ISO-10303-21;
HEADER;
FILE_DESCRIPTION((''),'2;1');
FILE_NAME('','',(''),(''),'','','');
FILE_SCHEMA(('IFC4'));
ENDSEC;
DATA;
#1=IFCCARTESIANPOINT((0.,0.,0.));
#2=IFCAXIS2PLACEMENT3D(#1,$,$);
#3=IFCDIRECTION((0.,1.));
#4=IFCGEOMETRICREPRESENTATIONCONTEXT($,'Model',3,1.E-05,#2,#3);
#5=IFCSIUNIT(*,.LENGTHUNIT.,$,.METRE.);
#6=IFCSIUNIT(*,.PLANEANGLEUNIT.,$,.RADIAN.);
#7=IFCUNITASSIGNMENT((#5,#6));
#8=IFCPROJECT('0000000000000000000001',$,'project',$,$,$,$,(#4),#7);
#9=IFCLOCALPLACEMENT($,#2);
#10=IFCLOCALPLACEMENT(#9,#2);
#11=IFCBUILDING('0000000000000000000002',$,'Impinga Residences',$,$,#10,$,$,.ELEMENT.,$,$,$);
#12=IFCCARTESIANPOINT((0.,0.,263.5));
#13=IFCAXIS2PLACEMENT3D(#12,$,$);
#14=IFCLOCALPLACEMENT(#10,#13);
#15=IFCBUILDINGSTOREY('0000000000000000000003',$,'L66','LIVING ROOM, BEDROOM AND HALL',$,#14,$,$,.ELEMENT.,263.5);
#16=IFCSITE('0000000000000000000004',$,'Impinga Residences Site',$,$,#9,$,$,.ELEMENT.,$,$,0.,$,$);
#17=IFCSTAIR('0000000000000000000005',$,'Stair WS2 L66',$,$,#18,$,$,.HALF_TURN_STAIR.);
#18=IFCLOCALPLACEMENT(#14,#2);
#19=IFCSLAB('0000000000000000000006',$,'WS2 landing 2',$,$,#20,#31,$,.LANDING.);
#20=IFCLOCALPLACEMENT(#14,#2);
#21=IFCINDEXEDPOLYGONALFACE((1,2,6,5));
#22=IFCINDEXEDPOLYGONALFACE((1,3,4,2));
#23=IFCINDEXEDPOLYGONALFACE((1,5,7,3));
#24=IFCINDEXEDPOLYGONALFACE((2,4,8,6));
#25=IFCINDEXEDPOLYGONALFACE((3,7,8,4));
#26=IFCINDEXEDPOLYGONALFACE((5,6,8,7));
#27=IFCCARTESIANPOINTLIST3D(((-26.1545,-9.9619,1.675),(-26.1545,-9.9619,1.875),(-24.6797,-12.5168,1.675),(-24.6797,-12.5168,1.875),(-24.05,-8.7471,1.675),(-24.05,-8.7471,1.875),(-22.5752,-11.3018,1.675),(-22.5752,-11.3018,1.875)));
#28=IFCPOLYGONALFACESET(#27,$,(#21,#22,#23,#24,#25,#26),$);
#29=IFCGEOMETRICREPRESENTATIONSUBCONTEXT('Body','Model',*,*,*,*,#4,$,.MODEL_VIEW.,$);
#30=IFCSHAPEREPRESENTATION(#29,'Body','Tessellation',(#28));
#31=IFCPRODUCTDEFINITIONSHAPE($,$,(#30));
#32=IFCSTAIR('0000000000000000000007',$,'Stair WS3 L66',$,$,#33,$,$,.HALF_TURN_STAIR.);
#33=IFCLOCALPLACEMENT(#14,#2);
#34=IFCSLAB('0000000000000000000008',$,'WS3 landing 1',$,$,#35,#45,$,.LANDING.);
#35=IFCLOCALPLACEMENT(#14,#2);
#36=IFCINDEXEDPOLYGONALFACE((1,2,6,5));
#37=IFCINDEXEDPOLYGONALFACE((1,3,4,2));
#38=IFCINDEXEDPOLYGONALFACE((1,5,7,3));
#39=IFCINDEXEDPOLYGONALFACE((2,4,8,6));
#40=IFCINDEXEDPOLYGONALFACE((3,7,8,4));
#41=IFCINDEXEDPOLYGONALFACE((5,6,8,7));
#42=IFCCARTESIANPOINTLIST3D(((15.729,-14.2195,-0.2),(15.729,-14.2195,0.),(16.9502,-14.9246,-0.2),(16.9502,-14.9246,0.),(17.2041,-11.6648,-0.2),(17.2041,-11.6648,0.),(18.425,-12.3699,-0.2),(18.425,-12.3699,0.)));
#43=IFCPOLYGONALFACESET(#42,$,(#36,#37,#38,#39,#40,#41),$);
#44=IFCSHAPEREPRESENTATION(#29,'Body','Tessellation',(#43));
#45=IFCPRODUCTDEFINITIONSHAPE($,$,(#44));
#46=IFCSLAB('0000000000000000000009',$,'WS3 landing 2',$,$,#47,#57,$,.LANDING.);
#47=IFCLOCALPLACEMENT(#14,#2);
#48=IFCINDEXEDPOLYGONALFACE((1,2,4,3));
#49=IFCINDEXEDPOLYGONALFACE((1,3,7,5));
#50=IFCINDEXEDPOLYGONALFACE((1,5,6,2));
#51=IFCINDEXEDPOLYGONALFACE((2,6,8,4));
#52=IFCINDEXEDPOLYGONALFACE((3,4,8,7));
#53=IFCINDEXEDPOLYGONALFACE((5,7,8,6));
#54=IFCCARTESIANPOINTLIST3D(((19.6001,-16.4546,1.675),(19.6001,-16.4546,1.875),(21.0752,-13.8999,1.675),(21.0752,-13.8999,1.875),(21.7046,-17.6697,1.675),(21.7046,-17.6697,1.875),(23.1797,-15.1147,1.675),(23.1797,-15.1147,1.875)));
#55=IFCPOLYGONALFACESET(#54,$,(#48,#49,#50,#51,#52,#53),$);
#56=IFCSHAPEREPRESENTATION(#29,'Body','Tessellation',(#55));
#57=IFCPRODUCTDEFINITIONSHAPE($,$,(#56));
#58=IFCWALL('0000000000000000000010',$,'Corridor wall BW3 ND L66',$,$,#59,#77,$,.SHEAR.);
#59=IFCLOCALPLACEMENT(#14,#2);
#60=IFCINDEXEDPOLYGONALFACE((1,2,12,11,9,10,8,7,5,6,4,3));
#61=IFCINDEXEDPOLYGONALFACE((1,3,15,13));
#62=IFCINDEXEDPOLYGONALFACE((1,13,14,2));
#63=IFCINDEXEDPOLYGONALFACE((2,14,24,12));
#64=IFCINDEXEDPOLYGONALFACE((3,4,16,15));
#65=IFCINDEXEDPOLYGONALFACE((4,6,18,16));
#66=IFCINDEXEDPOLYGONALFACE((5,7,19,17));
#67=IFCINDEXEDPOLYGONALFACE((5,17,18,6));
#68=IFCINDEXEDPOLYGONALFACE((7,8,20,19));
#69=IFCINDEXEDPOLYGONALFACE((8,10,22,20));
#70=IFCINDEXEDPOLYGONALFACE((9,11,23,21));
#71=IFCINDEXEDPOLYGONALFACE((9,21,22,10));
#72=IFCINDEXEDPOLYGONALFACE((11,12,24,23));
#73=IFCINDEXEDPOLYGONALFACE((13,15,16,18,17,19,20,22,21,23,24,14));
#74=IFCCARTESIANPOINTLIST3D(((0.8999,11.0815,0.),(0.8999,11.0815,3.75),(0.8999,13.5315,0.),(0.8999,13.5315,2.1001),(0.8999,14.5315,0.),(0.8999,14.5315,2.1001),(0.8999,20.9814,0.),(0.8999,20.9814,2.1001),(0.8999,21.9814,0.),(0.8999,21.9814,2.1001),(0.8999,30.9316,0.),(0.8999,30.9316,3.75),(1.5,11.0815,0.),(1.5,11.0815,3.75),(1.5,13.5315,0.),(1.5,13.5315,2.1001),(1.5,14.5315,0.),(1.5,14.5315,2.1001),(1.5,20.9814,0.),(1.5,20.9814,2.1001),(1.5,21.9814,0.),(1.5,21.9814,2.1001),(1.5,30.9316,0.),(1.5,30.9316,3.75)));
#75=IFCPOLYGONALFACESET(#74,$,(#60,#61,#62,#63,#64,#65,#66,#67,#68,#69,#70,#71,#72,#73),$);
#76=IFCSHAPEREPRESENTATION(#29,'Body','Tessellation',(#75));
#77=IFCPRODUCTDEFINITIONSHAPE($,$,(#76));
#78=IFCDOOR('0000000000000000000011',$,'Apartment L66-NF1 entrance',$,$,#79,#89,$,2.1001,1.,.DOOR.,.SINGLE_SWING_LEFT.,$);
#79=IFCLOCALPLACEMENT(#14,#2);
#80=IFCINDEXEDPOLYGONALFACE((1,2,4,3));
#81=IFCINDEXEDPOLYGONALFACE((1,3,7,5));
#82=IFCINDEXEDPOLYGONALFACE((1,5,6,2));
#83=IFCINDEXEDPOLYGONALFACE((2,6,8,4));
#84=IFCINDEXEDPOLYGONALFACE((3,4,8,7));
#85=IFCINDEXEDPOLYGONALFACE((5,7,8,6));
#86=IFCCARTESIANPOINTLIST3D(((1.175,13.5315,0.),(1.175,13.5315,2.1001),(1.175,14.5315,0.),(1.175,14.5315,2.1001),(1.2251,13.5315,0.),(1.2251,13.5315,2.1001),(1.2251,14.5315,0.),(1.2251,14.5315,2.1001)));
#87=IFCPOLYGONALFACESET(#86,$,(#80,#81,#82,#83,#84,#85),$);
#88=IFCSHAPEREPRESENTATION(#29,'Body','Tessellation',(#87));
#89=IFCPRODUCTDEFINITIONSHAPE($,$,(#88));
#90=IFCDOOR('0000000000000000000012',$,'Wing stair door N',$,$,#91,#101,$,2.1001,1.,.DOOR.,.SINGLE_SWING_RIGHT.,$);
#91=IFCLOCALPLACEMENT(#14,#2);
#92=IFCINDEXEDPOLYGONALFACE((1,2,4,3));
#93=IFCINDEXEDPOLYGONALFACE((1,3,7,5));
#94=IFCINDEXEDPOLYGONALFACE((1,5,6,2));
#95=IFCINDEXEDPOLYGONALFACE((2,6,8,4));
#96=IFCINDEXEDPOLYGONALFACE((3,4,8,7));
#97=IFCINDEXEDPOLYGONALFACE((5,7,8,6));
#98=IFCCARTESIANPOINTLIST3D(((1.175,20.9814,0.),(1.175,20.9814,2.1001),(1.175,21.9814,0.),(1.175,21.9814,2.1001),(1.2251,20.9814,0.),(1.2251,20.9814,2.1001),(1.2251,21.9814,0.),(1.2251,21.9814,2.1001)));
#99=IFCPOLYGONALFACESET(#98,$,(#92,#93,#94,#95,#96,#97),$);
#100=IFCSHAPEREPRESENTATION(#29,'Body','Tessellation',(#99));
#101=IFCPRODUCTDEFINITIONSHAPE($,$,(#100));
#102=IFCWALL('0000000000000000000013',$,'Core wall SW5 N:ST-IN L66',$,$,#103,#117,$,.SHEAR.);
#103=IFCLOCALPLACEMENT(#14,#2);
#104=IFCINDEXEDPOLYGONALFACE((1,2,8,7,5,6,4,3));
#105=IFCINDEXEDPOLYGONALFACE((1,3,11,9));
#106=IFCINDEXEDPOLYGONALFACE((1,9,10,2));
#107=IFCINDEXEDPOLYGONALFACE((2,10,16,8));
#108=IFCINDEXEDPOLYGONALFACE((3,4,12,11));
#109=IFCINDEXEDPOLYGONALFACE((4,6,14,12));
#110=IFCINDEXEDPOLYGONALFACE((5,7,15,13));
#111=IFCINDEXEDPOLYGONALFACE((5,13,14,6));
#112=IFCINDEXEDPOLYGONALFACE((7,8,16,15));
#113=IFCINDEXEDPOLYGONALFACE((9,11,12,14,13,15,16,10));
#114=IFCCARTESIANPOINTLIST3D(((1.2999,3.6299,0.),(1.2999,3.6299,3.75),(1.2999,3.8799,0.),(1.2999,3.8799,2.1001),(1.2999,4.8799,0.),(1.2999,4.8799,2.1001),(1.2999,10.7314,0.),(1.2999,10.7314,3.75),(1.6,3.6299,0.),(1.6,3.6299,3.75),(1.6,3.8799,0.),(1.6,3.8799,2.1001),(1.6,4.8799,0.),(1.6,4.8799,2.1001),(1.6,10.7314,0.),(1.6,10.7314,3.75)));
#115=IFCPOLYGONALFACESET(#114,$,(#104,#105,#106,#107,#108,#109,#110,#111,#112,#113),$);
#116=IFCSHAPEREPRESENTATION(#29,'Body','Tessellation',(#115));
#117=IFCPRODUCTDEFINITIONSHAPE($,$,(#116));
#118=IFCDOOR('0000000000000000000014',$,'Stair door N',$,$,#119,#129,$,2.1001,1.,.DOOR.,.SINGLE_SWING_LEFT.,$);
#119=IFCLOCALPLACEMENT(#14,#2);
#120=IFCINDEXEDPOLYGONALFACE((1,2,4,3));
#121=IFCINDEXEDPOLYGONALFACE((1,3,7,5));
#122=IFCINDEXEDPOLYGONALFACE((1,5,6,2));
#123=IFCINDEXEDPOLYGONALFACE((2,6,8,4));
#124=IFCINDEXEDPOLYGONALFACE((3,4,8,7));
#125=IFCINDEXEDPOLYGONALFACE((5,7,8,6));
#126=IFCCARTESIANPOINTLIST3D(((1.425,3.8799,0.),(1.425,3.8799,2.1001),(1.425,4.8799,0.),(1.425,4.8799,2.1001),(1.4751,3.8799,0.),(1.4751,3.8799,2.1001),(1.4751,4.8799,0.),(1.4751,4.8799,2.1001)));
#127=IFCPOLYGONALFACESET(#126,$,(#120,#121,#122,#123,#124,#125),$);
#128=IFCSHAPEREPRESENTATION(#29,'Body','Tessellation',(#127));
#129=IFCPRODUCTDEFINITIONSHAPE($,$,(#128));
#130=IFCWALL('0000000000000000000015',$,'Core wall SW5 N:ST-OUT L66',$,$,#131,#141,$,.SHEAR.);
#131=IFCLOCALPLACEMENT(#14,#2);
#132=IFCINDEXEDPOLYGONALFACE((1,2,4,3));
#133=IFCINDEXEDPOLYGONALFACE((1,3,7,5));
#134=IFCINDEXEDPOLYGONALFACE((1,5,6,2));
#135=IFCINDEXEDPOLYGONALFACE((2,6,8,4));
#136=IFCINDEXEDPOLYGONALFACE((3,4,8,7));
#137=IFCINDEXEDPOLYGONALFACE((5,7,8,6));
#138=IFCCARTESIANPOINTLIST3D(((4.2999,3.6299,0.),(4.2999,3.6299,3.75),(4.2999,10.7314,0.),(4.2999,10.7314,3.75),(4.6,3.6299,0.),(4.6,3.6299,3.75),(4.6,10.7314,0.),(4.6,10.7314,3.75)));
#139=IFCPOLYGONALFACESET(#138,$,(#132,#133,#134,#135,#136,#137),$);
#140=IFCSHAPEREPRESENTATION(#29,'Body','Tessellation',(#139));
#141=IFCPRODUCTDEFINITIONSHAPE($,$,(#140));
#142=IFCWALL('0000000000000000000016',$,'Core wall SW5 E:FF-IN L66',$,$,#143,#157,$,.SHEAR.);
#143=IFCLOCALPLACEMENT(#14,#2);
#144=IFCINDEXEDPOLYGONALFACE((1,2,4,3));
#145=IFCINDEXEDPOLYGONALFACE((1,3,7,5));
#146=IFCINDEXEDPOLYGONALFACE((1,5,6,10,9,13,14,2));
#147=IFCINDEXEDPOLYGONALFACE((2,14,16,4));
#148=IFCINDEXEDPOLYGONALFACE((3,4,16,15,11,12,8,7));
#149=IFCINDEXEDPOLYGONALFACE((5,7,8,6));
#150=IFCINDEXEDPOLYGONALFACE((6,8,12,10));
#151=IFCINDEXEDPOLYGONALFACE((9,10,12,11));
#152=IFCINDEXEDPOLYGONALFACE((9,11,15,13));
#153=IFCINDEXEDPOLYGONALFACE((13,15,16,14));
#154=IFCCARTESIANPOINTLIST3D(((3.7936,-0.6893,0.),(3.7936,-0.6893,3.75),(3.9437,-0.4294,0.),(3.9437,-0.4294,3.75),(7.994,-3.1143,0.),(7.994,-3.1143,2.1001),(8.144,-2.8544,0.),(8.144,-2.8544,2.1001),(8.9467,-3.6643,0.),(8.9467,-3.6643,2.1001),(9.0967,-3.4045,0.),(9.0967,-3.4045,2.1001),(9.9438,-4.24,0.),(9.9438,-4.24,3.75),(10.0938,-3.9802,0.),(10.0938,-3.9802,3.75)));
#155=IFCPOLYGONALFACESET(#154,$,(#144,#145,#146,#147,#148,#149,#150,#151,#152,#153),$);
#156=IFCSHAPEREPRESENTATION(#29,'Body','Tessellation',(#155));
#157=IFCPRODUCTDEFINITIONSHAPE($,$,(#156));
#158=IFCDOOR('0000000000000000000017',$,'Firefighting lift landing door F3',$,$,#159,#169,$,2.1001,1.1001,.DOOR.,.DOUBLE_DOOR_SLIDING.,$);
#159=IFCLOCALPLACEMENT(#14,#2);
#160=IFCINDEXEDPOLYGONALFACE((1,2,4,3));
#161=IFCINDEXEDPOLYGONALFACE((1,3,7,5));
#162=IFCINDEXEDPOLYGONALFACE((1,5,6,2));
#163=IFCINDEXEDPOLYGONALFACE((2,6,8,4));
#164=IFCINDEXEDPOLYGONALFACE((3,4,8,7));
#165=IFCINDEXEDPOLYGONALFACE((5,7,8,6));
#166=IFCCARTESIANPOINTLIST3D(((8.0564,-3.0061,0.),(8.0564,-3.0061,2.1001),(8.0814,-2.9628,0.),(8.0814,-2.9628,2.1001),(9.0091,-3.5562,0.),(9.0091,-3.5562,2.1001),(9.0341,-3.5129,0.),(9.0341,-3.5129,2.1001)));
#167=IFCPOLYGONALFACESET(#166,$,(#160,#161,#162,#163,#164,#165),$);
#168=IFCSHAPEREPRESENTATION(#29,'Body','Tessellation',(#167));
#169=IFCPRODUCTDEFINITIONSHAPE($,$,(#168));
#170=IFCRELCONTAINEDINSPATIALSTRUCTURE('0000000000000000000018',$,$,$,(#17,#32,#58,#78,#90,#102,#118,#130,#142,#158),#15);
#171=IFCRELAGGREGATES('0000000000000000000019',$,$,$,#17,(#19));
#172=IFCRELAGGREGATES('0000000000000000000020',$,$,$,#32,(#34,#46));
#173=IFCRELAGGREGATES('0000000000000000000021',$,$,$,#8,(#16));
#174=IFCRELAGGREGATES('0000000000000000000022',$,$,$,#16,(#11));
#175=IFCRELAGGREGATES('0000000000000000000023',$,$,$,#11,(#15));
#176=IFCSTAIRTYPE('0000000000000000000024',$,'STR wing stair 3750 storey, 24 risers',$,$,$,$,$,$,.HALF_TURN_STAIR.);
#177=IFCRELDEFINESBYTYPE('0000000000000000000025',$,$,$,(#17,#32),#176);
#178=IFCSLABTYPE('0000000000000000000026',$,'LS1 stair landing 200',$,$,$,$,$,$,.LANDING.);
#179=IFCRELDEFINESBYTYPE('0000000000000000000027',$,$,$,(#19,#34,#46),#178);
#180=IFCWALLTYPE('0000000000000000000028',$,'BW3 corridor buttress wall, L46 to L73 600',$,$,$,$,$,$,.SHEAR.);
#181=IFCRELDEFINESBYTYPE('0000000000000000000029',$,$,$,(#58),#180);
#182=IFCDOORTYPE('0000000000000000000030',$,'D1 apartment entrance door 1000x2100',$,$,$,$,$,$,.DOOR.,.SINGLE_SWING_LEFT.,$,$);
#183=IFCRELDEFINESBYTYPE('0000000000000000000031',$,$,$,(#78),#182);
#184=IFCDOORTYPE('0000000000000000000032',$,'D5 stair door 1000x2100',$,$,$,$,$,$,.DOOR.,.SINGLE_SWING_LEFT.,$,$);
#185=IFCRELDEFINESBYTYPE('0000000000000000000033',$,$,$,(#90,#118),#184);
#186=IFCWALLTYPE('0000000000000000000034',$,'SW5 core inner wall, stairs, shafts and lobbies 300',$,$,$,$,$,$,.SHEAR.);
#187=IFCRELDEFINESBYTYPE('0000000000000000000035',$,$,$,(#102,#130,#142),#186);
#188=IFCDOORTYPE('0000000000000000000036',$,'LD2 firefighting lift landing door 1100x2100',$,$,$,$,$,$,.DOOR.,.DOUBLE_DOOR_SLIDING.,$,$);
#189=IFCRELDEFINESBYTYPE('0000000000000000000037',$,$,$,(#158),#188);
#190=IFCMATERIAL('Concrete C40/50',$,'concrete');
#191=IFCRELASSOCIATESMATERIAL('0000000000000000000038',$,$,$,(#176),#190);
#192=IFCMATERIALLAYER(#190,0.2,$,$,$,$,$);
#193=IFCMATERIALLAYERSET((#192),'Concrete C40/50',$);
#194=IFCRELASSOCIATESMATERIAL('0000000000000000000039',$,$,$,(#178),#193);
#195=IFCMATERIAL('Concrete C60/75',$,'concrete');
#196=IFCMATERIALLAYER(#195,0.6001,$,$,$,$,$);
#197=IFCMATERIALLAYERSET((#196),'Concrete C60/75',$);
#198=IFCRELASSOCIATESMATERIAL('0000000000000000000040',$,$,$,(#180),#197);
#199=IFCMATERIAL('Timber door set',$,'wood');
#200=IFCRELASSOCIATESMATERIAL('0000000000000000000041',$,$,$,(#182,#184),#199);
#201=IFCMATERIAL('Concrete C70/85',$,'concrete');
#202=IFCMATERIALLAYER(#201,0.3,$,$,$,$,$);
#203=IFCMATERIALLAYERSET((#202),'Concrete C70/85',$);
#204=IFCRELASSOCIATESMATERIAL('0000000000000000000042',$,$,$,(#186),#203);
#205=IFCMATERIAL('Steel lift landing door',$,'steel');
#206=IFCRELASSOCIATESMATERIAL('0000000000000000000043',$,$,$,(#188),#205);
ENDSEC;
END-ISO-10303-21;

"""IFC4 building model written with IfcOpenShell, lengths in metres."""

from ifc_helpers import new_model, si_unit, direction, frame, frame_2d, origin, place, context, subcontext, project, spatial, polyline, rectangle, outline, extrude, material, layer, layer_set, type_object, element, fill, aggregate, save


model = new_model("IFC4")

# Units and contexts
model_context = context("Model", 3, precision=1e-05, world=origin(), true_north=direction((0.0, 1.0)))
body_context = subcontext(model_context, "Body", "Model", "MODEL_VIEW")
ifc_project = project(units=[si_unit("LENGTHUNIT", "METRE"), si_unit("PLANEANGLEUNIT", "RADIAN")], contexts=[model_context])

# Site, building, storey
site_placement = place(None, origin())
site = spatial("IfcSite", under=ifc_project, at=site_placement, Name="Impinga Residences Site", CompositionType="ELEMENT", RefElevation=0.0)
building_placement = place(site_placement, origin())
building = spatial("IfcBuilding", under=site, at=building_placement, Name="Impinga Residences", CompositionType="ELEMENT")
storey_placement = place(building_placement, frame((0.0, 0.0, 263.5)))
storey = spatial("IfcBuildingStorey", under=building, at=storey_placement, Name="L66", Description="LIVING ROOM, BEDROOM AND HALL", CompositionType="ELEMENT", Elevation=263.5)

# Stair, slab
ifc_material_1 = material(Name="Concrete C40/50", Category="concrete")
stair_type_1 = type_object("IfcStairType", Name="STR wing stair 3750 storey, 24 risers", PredefinedType="HALF_TURN_STAIR", material=ifc_material_1)
stair_1_placement = place(storey_placement, origin())
stair_1 = element("IfcStair", 1, at=stair_1_placement, inside=storey, type_object=stair_type_1, Name="Stair WS2 L66", PredefinedType="HALF_TURN_STAIR")
ifc_layer_1 = layer(ifc_material_1, 0.2)
ifc_layer_set_1 = layer_set([ifc_layer_1], Name="Concrete C40/50")
slab_type = type_object("IfcSlabType", Name="LS1 stair landing 200", PredefinedType="LANDING", material=ifc_layer_set_1)
slab_1_placement = place(storey_placement, frame((0.0, 0.0, 1.675)))
slab_1 = element("IfcSlab", 2, at=slab_1_placement, type_object=slab_type, Name="WS2 landing 2", PredefinedType="LANDING", context=body_context, shape_type="SweptSolid", body=[
    extrude(outline(polyline([(-22.5752, -11.3018), (-24.05, -8.7471), (-26.1545, -9.9619), (-24.6797, -12.5168), (-22.5752, -11.3018)])), origin(), (0.0, 0.0, 1.0), 0.2),
])
aggregate(stair_1, [slab_1])

# Stair, slabs
stair_2_placement = place(storey_placement, origin())
stair_2 = element("IfcStair", 3, at=stair_2_placement, inside=storey, type_object=stair_type_1, Name="Stair WS3 L66", PredefinedType="HALF_TURN_STAIR")
slab_2_placement = place(storey_placement, frame((0.0, 0.0, -0.2)))
slab_2 = element("IfcSlab", 4, at=slab_2_placement, type_object=slab_type, Name="WS3 landing 1", PredefinedType="LANDING", context=body_context, shape_type="SweptSolid", body=[
    extrude(outline(polyline([(17.2041, -11.6648), (15.729, -14.2195), (16.9502, -14.9246), (18.425, -12.3699), (17.2041, -11.6648)])), origin(), (0.0, 0.0, 1.0), 0.2),
])
slab_3_placement = place(storey_placement, frame((0.0, 0.0, 1.675)))
slab_3 = element("IfcSlab", 5, at=slab_3_placement, type_object=slab_type, Name="WS3 landing 2", PredefinedType="LANDING", context=body_context, shape_type="SweptSolid", body=[
    extrude(outline(polyline([(21.0752, -13.8999), (19.6001, -16.4546), (21.7046, -17.6697), (23.1797, -15.1147), (21.0752, -13.8999)])), origin(), (0.0, 0.0, 1.0), 0.2),
])
aggregate(stair_2, [slab_2, slab_3])

# Wall, openings, doors
ifc_material_2 = material(Name="Concrete C60/75", Category="concrete")
ifc_layer_2 = layer(ifc_material_2, 0.6001)
ifc_layer_set_2 = layer_set([ifc_layer_2], Name="Concrete C60/75")
wall_type_1 = type_object("IfcWallType", Name="BW3 corridor buttress wall, L46 to L73 600", PredefinedType="SHEAR", material=ifc_layer_set_2)
wall_1_placement = place(storey_placement, frame((1.2, 11.0815, 0.0), z_axis=(0.0, 0.0, 1.0), x_axis=(0.0, 1.0, 0.0)))
wall_1 = element("IfcWall", 6, at=wall_1_placement, inside=storey, type_object=wall_type_1, Name="Corridor wall BW3 ND L66", PredefinedType="SHEAR", context=body_context, shape_type="SweptSolid", body=[
    extrude(rectangle(XDim=19.8501, YDim=0.6001, at=frame_2d((9.925, 0.0))), origin(), (0.0, 0.0, 1.0), 3.75),
])
opening_1_placement = place(wall_1_placement, frame((9.8999, 0.0, 0.0)))
opening_1 = element("IfcOpeningElement", 7, at=opening_1_placement, cuts=wall_1, PredefinedType="OPENING", context=body_context, shape_type="SweptSolid", body=[
    extrude(rectangle(XDim=1.0, YDim=2.1001, at=frame_2d((0.5, 1.05))), frame((0.0, 0.3101, 0.0), z_axis=(0.0, -1.0, 0.0), x_axis=(1.0, 0.0, 0.0)), (0.0, 0.0, 1.0), 0.6201),
])
opening_2_placement = place(wall_1_placement, frame((2.45, 0.0, 0.0)))
opening_2 = element("IfcOpeningElement", 8, at=opening_2_placement, cuts=wall_1, PredefinedType="OPENING", context=body_context, shape_type="SweptSolid", body=[
    extrude(rectangle(XDim=1.0, YDim=2.1001, at=frame_2d((0.5, 1.05))), frame((0.0, 0.3101, 0.0), z_axis=(0.0, -1.0, 0.0), x_axis=(1.0, 0.0, 0.0)), (0.0, 0.0, 1.0), 0.6201),
])
ifc_material_3 = material(Name="Timber door set", Category="wood")
door_type_1 = type_object("IfcDoorType", Name="D1 apartment entrance door 1000x2100", OperationType="SINGLE_SWING_LEFT", PredefinedType="DOOR", material=ifc_material_3)
door_1_placement = place(opening_2_placement, origin())
door_1 = element("IfcDoor", 9, at=door_1_placement, inside=storey, type_object=door_type_1, Name="Apartment L66-NF1 entrance", OperationType="SINGLE_SWING_LEFT", OverallHeight=2.1001, OverallWidth=1.0, PredefinedType="DOOR", context=body_context, shape_type="SweptSolid", body=[
    extrude(rectangle(XDim=1.0, YDim=2.1001, at=frame_2d((0.5, 1.05))), frame((0.0, 0.0249, 0.0), z_axis=(0.0, -1.0, 0.0), x_axis=(1.0, 0.0, 0.0)), (0.0, 0.0, 1.0), 0.05),
])
fill(opening_2, door_1)
door_type_2 = type_object("IfcDoorType", Name="D5 stair door 1000x2100", OperationType="SINGLE_SWING_LEFT", PredefinedType="DOOR", material=ifc_material_3)
door_2_placement = place(opening_1_placement, origin())
door_2 = element("IfcDoor", 10, at=door_2_placement, inside=storey, type_object=door_type_2, Name="Wing stair door N", OperationType="SINGLE_SWING_RIGHT", OverallHeight=2.1001, OverallWidth=1.0, PredefinedType="DOOR", context=body_context, shape_type="SweptSolid", body=[
    extrude(rectangle(XDim=1.0, YDim=2.1001, at=frame_2d((0.5, 1.05))), frame((0.0, 0.0249, 0.0), z_axis=(0.0, -1.0, 0.0), x_axis=(1.0, 0.0, 0.0)), (0.0, 0.0, 1.0), 0.05),
])
fill(opening_1, door_2)

# Wall, opening, door
ifc_material_4 = material(Name="Concrete C70/85", Category="concrete")
ifc_layer_3 = layer(ifc_material_4, 0.3)
ifc_layer_set_3 = layer_set([ifc_layer_3], Name="Concrete C70/85")
wall_type_2 = type_object("IfcWallType", Name="SW5 core inner wall, stairs, shafts and lobbies 300", PredefinedType="SHEAR", material=ifc_layer_set_3)
wall_2_placement = place(storey_placement, frame((1.45, 3.6299, 0.0), z_axis=(0.0, 0.0, 1.0), x_axis=(0.0, 1.0, 0.0)))
wall_2 = element("IfcWall", 11, at=wall_2_placement, inside=storey, type_object=wall_type_2, Name="Core wall SW5 N:ST-IN L66", PredefinedType="SHEAR", context=body_context, shape_type="SweptSolid", body=[
    extrude(rectangle(XDim=7.1016, YDim=0.3, at=frame_2d((3.5508, 0.0))), origin(), (0.0, 0.0, 1.0), 3.75),
])
opening_3_placement = place(wall_2_placement, frame((0.25, 0.0, 0.0)))
opening_3 = element("IfcOpeningElement", 12, at=opening_3_placement, cuts=wall_2, PredefinedType="OPENING", context=body_context, shape_type="SweptSolid", body=[
    extrude(rectangle(XDim=1.0, YDim=2.1001, at=frame_2d((0.5, 1.05))), frame((0.0, 0.1599, 0.0), z_axis=(0.0, -1.0, 0.0), x_axis=(1.0, 0.0, 0.0)), (0.0, 0.0, 1.0), 0.3201),
])
door_3_placement = place(opening_3_placement, origin())
door_3 = element("IfcDoor", 13, at=door_3_placement, inside=storey, type_object=door_type_2, Name="Stair door N", OperationType="SINGLE_SWING_LEFT", OverallHeight=2.1001, OverallWidth=1.0, PredefinedType="DOOR", context=body_context, shape_type="SweptSolid", body=[
    extrude(rectangle(XDim=1.0, YDim=2.1001, at=frame_2d((0.5, 1.05))), frame((0.0, 0.0249, 0.0), z_axis=(0.0, -1.0, 0.0), x_axis=(1.0, 0.0, 0.0)), (0.0, 0.0, 1.0), 0.05),
])
fill(opening_3, door_3)

# Wall
wall_3_placement = place(storey_placement, frame((4.45, 3.6299, 0.0), z_axis=(0.0, 0.0, 1.0), x_axis=(0.0, 1.0, 0.0)))
element("IfcWall", 14, at=wall_3_placement, inside=storey, type_object=wall_type_2, Name="Core wall SW5 N:ST-OUT L66", PredefinedType="SHEAR", context=body_context, shape_type="SweptSolid", body=[
    extrude(rectangle(XDim=7.1016, YDim=0.3, at=frame_2d((3.5508, 0.0))), origin(), (0.0, 0.0, 1.0), 3.75),
])

# Wall, opening, door
wall_4_placement = place(storey_placement, frame((3.8687, -0.5593, 0.0), z_axis=(0.0, 0.0, 1.0), x_axis=(0.866026, -0.499999, 0.0)))
wall_4 = element("IfcWall", 15, at=wall_4_placement, inside=storey, type_object=wall_type_2, Name="Core wall SW5 E:FF-IN L66", PredefinedType="SHEAR", context=body_context, shape_type="SweptSolid", body=[
    extrude(rectangle(XDim=7.1016, YDim=0.3, at=frame_2d((3.5508, 0.0))), origin(), (0.0, 0.0, 1.0), 3.75),
])
opening_4_placement = place(wall_4_placement, frame((4.8501, 0.0, 0.0)))
opening_4 = element("IfcOpeningElement", 16, at=opening_4_placement, cuts=wall_4, PredefinedType="OPENING", context=body_context, shape_type="SweptSolid", body=[
    extrude(rectangle(XDim=1.1001, YDim=2.1001, at=frame_2d((0.55, 1.05))), frame((0.0, 0.1599, 0.0), z_axis=(0.0, -1.0, 0.0), x_axis=(1.0, 0.0, 0.0)), (0.0, 0.0, 1.0), 0.3201),
])
ifc_material_5 = material(Name="Steel lift landing door", Category="steel")
door_type_3 = type_object("IfcDoorType", Name="LD2 firefighting lift landing door 1100x2100", OperationType="DOUBLE_DOOR_SLIDING", PredefinedType="DOOR", material=ifc_material_5)
door_4_placement = place(opening_4_placement, origin())
door_4 = element("IfcDoor", 17, at=door_4_placement, inside=storey, type_object=door_type_3, Name="Firefighting lift landing door F3", OperationType="DOUBLE_DOOR_SLIDING", OverallHeight=2.1001, OverallWidth=1.1001, PredefinedType="DOOR", context=body_context, shape_type="SweptSolid", body=[
    extrude(rectangle(XDim=1.1001, YDim=2.1001, at=frame_2d((0.55, 1.05))), frame((0.0, 0.0249, 0.0), z_axis=(0.0, -1.0, 0.0), x_axis=(1.0, 0.0, 0.0)), (0.0, 0.0, 1.0), 0.05),
])
fill(opening_4, door_4)

save(model, "model.ifc")
